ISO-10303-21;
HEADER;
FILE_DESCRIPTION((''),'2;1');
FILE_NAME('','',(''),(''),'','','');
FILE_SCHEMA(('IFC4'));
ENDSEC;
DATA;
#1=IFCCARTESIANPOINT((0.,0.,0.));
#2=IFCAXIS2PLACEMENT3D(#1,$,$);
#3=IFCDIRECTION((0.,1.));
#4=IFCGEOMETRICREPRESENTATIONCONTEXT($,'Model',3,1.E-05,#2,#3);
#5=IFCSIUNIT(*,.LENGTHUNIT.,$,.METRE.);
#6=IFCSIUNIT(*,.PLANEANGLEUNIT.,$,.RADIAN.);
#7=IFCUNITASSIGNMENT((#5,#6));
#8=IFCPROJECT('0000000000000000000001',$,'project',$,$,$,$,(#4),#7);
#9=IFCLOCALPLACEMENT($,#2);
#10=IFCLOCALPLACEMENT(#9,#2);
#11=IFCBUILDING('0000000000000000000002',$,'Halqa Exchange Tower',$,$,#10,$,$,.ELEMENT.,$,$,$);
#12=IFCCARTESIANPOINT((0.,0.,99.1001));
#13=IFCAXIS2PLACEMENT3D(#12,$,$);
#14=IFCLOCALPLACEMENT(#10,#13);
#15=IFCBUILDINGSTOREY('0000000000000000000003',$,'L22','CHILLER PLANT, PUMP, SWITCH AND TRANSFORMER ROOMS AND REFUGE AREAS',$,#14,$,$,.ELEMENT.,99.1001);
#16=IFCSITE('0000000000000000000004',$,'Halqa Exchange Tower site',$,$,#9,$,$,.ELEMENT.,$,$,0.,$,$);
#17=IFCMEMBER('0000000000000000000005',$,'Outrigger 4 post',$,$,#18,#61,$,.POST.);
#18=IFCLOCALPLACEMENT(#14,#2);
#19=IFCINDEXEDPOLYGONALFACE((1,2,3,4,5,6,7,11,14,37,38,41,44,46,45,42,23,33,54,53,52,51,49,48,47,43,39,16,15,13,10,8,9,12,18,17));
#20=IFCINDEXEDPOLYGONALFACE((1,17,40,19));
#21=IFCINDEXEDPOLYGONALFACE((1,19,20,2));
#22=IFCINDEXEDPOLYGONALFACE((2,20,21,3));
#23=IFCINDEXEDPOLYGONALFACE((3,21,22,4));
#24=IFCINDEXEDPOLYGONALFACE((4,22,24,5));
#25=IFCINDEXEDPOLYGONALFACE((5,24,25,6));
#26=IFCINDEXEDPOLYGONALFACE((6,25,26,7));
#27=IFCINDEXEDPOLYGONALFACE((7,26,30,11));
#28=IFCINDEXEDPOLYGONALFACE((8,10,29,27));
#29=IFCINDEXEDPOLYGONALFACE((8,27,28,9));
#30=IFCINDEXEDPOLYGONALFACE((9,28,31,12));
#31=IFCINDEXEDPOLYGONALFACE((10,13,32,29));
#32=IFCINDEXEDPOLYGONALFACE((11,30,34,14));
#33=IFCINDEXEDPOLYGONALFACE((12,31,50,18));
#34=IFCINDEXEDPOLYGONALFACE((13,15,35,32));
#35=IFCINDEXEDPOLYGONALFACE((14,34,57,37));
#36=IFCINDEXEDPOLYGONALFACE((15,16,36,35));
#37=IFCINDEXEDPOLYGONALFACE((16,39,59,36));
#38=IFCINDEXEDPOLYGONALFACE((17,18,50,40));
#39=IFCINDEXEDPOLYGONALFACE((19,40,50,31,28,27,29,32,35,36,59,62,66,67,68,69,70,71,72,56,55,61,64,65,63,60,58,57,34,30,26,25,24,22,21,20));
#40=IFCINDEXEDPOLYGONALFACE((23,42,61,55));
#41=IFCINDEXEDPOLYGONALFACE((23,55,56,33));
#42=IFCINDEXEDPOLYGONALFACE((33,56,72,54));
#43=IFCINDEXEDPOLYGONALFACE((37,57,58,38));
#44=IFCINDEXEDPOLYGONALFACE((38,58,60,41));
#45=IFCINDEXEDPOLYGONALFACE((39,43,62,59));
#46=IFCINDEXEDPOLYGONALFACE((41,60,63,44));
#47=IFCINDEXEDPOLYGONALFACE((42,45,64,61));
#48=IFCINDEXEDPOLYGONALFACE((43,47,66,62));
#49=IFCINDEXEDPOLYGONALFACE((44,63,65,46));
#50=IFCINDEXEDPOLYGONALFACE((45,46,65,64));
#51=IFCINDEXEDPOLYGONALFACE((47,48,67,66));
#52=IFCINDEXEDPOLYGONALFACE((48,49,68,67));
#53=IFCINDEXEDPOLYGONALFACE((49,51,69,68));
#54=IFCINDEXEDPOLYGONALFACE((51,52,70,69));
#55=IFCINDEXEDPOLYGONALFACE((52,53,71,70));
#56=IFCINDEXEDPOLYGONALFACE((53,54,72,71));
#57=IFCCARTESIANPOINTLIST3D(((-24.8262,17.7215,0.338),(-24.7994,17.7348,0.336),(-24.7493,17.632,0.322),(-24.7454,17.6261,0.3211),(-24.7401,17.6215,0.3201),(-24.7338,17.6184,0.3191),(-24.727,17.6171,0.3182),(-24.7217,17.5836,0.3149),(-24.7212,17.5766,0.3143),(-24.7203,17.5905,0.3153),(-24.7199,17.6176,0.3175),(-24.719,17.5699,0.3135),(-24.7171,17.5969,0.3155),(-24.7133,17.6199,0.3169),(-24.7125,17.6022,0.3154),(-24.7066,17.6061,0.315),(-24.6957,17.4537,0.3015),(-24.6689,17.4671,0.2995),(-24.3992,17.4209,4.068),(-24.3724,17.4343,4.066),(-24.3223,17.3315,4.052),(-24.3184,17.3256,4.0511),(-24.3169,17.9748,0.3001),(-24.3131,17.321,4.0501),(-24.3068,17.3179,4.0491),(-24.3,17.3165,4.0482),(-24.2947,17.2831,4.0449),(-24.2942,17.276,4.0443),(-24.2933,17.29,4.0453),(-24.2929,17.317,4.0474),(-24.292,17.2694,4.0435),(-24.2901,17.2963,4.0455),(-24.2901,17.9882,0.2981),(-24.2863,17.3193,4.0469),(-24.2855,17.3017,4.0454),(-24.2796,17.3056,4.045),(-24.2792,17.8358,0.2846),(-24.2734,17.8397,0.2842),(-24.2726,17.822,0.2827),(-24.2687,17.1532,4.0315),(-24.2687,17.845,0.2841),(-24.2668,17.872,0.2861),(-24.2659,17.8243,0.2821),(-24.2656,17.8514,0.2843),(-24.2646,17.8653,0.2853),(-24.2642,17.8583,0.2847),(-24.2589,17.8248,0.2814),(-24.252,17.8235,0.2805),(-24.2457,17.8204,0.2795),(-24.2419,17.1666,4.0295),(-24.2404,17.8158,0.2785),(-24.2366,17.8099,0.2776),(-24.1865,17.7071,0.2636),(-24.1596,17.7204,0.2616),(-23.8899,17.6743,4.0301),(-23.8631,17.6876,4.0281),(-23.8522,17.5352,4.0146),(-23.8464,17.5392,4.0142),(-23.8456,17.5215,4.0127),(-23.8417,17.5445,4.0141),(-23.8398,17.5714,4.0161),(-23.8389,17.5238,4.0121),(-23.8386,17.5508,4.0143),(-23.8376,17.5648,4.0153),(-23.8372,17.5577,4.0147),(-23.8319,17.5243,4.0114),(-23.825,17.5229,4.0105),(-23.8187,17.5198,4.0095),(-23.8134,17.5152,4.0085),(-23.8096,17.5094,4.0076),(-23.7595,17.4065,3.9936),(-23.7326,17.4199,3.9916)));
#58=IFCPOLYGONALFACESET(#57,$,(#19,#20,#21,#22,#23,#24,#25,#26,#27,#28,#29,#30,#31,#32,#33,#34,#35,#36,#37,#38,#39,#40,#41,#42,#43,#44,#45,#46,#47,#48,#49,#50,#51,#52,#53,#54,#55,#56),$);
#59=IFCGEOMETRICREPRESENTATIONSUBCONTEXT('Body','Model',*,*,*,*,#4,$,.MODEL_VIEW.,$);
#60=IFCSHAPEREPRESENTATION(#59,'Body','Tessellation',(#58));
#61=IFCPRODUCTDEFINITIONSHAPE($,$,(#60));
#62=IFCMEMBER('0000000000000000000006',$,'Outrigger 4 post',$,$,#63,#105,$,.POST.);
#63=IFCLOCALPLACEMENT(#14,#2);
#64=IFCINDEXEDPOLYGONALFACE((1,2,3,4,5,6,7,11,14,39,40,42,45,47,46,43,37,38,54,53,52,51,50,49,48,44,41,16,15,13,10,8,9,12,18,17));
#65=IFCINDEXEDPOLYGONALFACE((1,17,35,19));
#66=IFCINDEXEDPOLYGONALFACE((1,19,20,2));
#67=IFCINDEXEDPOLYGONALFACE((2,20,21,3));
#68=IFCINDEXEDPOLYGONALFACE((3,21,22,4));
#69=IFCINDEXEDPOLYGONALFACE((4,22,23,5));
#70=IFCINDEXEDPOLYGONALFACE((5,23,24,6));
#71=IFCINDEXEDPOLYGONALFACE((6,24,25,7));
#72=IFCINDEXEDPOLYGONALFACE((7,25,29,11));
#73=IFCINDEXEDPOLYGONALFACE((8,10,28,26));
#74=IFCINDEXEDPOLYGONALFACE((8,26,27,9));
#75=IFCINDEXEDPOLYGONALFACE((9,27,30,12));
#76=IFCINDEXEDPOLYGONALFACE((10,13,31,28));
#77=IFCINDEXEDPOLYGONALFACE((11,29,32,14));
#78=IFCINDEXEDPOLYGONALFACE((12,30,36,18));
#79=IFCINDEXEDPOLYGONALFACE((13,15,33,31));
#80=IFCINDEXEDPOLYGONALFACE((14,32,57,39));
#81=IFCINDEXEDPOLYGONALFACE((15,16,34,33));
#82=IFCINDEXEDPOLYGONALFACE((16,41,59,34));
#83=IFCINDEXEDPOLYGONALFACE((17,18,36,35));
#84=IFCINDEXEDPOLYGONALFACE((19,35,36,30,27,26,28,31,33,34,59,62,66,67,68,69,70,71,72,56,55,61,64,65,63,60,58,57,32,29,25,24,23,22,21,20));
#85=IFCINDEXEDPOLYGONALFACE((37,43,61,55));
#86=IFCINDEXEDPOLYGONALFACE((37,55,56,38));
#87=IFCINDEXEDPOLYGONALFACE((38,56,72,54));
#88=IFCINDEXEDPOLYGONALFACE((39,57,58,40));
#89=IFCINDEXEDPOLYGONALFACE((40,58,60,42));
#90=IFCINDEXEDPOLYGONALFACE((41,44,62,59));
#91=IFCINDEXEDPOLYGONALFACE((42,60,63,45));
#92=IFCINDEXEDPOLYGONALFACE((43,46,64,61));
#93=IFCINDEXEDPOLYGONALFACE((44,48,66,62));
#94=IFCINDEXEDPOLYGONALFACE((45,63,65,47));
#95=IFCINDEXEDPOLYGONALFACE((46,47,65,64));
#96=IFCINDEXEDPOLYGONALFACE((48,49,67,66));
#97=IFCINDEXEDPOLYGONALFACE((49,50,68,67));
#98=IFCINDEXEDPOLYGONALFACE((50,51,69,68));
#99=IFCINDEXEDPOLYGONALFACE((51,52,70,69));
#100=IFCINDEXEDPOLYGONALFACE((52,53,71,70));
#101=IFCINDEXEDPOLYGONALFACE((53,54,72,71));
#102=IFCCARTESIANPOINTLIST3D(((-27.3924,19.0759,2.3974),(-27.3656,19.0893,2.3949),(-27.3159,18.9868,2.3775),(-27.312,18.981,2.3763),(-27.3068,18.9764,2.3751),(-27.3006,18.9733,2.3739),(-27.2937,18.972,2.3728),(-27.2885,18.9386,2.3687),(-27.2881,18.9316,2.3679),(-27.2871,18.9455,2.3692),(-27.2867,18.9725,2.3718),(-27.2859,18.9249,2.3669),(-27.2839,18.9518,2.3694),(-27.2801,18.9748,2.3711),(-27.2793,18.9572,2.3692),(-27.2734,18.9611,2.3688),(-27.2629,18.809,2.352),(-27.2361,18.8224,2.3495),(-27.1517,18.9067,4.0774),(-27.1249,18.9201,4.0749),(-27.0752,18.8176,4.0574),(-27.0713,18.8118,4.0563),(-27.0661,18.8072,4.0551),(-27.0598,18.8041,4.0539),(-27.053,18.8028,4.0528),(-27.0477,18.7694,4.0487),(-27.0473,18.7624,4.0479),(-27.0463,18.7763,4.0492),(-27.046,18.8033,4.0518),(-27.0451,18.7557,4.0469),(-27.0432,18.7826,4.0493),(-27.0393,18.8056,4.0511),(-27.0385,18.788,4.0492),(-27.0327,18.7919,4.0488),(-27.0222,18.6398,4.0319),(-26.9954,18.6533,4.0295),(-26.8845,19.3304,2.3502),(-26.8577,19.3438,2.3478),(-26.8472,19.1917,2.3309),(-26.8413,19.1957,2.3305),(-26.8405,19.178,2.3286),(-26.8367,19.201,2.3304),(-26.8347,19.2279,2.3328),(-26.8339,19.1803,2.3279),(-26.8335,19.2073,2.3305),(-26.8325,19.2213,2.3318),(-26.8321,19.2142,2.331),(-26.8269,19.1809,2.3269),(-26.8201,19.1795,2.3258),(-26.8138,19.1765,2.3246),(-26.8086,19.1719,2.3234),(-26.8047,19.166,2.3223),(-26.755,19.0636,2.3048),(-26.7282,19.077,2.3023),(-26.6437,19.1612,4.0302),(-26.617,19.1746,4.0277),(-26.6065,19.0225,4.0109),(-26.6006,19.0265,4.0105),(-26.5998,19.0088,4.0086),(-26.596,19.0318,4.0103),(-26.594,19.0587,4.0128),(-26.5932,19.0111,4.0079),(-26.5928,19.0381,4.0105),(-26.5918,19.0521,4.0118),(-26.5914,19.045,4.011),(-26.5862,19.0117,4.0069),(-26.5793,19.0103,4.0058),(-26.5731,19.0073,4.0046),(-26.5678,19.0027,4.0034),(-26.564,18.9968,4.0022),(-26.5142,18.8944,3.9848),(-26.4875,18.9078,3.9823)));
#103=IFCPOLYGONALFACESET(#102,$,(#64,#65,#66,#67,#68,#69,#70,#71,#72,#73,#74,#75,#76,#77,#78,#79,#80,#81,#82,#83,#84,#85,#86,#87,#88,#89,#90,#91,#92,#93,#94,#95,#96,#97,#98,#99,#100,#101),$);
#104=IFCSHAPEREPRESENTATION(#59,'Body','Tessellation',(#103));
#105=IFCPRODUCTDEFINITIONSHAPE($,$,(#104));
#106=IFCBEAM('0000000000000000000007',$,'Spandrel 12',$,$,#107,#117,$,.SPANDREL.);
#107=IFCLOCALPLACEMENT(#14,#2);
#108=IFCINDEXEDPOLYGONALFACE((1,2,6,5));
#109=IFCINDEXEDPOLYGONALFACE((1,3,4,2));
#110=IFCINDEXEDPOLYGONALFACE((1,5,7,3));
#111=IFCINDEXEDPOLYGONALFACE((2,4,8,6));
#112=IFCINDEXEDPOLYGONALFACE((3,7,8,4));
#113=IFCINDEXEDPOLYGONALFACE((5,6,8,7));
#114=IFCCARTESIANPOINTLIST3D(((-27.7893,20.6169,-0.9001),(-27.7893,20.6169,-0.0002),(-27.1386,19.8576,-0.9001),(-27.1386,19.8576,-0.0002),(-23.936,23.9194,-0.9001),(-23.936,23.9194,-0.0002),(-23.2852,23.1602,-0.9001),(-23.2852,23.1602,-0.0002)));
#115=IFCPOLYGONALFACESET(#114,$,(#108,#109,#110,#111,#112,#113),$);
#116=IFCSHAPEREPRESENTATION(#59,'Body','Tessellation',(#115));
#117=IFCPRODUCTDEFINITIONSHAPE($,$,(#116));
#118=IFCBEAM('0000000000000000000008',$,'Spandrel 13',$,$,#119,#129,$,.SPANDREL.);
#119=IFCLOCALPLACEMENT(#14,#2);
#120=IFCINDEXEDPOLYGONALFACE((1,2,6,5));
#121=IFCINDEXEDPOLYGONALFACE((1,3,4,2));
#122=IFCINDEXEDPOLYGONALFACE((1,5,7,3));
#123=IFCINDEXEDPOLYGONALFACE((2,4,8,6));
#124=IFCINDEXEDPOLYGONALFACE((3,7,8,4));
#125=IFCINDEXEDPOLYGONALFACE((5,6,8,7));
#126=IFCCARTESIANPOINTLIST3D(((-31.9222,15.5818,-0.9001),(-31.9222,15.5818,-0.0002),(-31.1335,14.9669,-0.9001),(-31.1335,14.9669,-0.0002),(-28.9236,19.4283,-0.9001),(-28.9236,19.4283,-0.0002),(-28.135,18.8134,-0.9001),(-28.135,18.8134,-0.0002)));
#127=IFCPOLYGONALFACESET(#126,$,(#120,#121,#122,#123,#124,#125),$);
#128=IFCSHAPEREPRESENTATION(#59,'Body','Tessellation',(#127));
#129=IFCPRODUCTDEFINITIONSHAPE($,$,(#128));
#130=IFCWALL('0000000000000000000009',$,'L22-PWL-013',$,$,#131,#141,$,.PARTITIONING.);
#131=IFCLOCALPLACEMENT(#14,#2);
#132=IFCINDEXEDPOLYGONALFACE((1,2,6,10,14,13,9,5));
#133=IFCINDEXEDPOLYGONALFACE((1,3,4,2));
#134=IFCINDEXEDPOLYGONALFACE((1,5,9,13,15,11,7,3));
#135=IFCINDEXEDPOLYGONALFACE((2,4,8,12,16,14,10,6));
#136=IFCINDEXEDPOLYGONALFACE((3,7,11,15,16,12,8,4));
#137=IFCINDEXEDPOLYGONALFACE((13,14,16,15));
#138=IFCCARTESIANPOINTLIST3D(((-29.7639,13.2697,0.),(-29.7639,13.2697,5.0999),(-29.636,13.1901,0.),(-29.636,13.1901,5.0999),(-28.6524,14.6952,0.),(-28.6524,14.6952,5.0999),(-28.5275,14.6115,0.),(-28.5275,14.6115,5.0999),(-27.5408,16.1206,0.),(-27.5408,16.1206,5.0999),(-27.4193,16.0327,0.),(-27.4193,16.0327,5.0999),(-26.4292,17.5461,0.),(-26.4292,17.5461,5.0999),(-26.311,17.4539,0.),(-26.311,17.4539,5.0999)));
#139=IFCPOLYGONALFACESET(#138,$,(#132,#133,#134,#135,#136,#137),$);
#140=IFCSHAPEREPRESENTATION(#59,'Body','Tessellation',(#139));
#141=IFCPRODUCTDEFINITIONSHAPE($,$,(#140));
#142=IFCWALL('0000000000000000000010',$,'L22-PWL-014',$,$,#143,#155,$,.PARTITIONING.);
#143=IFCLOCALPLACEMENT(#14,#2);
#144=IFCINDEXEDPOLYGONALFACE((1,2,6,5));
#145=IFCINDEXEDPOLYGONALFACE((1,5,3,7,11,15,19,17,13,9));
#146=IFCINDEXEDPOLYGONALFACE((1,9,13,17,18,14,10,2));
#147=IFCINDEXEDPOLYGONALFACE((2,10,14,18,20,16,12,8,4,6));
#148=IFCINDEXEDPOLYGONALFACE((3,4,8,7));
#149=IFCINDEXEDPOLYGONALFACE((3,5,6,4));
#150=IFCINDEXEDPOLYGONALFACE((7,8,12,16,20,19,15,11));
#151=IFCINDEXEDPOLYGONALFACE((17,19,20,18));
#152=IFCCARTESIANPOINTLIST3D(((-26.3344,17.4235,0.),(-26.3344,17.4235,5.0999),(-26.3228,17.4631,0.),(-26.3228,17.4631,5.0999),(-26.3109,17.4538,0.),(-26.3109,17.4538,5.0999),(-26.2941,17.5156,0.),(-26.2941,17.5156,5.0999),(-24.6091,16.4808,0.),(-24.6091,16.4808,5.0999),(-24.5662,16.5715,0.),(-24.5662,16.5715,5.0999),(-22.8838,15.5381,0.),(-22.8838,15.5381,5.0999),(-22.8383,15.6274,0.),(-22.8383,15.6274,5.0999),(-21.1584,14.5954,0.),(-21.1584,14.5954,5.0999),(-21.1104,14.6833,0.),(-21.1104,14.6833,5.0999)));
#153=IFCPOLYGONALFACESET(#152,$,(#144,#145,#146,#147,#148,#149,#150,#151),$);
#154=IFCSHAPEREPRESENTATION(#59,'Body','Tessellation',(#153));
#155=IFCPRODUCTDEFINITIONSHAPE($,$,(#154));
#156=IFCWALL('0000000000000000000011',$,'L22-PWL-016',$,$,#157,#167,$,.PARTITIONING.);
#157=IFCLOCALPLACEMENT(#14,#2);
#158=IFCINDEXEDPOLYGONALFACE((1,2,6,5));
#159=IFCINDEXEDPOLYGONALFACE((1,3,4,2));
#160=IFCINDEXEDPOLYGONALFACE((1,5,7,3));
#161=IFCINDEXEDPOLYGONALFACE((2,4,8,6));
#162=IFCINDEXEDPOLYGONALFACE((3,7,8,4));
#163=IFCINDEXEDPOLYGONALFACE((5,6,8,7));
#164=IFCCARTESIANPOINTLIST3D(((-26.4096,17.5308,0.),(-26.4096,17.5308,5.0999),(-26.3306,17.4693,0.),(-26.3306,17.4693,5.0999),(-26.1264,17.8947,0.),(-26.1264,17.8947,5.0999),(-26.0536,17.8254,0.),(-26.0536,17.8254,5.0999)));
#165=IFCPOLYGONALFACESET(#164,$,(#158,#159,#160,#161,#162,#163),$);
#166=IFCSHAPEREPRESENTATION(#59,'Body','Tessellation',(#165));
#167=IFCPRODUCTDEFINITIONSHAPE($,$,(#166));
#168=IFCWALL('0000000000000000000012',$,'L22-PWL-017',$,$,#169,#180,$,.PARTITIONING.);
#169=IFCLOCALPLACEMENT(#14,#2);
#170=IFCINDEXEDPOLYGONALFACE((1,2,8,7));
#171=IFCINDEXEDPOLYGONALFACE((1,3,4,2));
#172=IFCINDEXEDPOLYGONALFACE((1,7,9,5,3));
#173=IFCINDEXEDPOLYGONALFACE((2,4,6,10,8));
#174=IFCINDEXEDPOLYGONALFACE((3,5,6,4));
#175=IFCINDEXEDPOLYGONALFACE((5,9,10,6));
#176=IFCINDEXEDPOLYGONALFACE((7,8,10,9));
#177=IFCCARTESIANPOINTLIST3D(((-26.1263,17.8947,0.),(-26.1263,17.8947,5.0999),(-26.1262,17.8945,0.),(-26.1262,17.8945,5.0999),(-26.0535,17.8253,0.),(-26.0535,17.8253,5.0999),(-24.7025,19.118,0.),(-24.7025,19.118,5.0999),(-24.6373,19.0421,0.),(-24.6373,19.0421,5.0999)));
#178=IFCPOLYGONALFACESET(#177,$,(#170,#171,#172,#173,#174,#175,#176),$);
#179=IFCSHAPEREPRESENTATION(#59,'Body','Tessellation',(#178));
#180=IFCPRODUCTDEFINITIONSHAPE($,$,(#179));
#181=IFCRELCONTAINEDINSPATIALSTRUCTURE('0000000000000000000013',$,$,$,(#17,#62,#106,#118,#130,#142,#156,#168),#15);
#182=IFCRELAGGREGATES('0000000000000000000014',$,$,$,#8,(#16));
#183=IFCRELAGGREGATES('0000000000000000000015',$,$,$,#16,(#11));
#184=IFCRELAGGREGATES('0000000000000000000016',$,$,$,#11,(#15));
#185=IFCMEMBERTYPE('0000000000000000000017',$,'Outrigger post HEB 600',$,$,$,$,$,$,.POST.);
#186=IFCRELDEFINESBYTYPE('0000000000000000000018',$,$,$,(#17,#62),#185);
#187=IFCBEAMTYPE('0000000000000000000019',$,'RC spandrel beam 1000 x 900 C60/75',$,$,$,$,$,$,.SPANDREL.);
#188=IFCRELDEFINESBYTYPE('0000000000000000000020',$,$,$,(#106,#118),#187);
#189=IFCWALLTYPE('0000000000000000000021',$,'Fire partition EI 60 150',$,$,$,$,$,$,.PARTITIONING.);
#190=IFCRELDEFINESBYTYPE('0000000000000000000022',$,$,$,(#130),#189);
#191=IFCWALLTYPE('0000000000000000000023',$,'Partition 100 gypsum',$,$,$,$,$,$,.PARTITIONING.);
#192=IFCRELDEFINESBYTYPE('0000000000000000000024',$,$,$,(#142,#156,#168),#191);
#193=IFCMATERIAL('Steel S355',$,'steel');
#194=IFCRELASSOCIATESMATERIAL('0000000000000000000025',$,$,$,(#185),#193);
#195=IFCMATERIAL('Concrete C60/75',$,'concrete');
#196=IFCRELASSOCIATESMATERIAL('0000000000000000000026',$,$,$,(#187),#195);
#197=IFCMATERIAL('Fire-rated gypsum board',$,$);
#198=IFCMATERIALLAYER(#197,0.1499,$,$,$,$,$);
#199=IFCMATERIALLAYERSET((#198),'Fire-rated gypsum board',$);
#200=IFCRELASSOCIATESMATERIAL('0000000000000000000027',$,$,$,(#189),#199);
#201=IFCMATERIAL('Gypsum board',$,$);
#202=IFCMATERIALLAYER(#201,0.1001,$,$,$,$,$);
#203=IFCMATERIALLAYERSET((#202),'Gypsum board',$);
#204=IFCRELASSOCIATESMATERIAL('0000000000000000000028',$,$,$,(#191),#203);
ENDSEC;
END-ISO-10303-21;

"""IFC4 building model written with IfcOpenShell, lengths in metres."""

from ifc_helpers import new_model, si_unit, direction, frame, origin, origin_2d, place, context, subcontext, project, spatial, polyline, rectangle, i_section, outline, extrude, material, layer, layer_set, material_profile, profile_set, type_object, element, save


model = new_model("IFC4")

# Units and contexts
model_context = context("Model", 3, precision=1e-05, world=origin(), true_north=direction((0.0, 1.0)))
body_context = subcontext(model_context, "Body", "Model", "MODEL_VIEW")
ifc_project = project(units=[si_unit("LENGTHUNIT", "METRE"), si_unit("PLANEANGLEUNIT", "RADIAN")], contexts=[model_context])

# Site, building, storey
site_placement = place(None, origin())
site = spatial("IfcSite", under=ifc_project, at=site_placement, Name="Halqa Exchange Tower site", CompositionType="ELEMENT", RefElevation=0.0)
building_placement = place(site_placement, origin())
building = spatial("IfcBuilding", under=site, at=building_placement, Name="Halqa Exchange Tower", CompositionType="ELEMENT")
storey_placement = place(building_placement, frame((0.0, 0.0, 99.1001)))
storey = spatial("IfcBuildingStorey", under=building, at=storey_placement, Name="L22", Description="CHILLER PLANT, PUMP, SWITCH AND TRANSFORMER ROOMS AND REFUGE AREAS", CompositionType="ELEMENT", Elevation=99.1001)

# Members
ifc_material_1 = material(Name="Steel S355", Category="steel")
ifc_material_profile_1 = material_profile(ifc_material_1, i_section(OverallWidth=0.3, OverallDepth=0.6001, WebThickness=0.0154, FlangeThickness=0.03, FilletRadius=0.0271, at=origin_2d()), Name="HEB 600")
ifc_profile_set_1 = profile_set([ifc_material_profile_1], Name="Steel S355")
member_type_1 = type_object("IfcMemberType", Name="Outrigger post HEB 600", PredefinedType="POST", material=ifc_profile_set_1)
member_1_placement = place(storey_placement, frame((-24.4929, 17.7209, 0.2998), z_axis=(0.113373, -0.079795, 0.990343), x_axis=(0.434809, -0.892265, -0.121669)))
element("IfcMember", 1, at=member_1_placement, inside=storey, type_object=member_type_1, Name="Outrigger 4 post", PredefinedType="POST", context=body_context, shape_type="SweptSolid", body=[
    extrude(i_section(OverallWidth=0.3, OverallDepth=0.6001, WebThickness=0.0154, FlangeThickness=0.03, FilletRadius=0.0271, at=origin_2d()), origin(), (0.0, 0.0, 1.0), 3.7664),
])
member_2_placement = place(storey_placement, frame((-27.0603, 19.0764, 2.3499), z_axis=(0.141145, -0.099202, 0.985006), x_axis=(0.431569, -0.889284, -0.151403)))
element("IfcMember", 2, at=member_2_placement, inside=storey, type_object=member_type_1, Name="Outrigger 4 post", PredefinedType="POST", context=body_context, shape_type="SweptSolid", body=[
    extrude(i_section(OverallWidth=0.3, OverallDepth=0.6001, WebThickness=0.0154, FlangeThickness=0.03, FilletRadius=0.0271, at=origin_2d()), origin(), (0.0, 0.0, 1.0), 1.7056),
])

# Beams
ifc_material_2 = material(Name="Concrete C60/75", Category="concrete")
ifc_material_profile_2 = material_profile(ifc_material_2, rectangle(XDim=1.0, YDim=0.8999, at=origin_2d()), Name="1000 x 900")
ifc_profile_set_2 = profile_set([ifc_material_profile_2], Name="Concrete C60/75")
beam_type = type_object("IfcBeamType", Name="RC spandrel beam 1000 x 900 C60/75", PredefinedType="SPANDREL", material=ifc_profile_set_2)
beam_1_placement = place(storey_placement, frame((-23.6106, 23.5398, -0.4502), z_axis=(-0.759287, -0.650756, 0.0), x_axis=(0.650756, -0.759287, 0.0)))
element("IfcBeam", 3, at=beam_1_placement, inside=storey, type_object=beam_type, Name="Spandrel 12", PredefinedType="SPANDREL", context=body_context, shape_type="SweptSolid", body=[
    extrude(rectangle(XDim=1.0, YDim=0.8999, at=origin_2d()), origin(), (0.0, 0.0, 1.0), 5.075),
])
beam_2_placement = place(storey_placement, frame((-28.5293, 19.1208, -0.4502), z_axis=(-0.614817, -0.78867, 0.0), x_axis=(0.78867, -0.614817, 0.0)))
element("IfcBeam", 4, at=beam_2_placement, inside=storey, type_object=beam_type, Name="Spandrel 13", PredefinedType="SPANDREL", context=body_context, shape_type="SweptSolid", body=[
    extrude(rectangle(XDim=1.0, YDim=0.8999, at=origin_2d()), origin(), (0.0, 0.0, 1.0), 4.8772),
])

# Walls
ifc_material_3 = material(Name="Fire-rated gypsum board")
ifc_layer_1 = layer(ifc_material_3, 0.1499)
ifc_layer_set_1 = layer_set([ifc_layer_1], Name="Fire-rated gypsum board")
wall_type_1 = type_object("IfcWallType", Name="Fire partition EI 60 150", PredefinedType="PARTITIONING", material=ifc_layer_set_1)
wall_1_placement = place(storey_placement, frame((-26.3701, 17.5, 0.0), z_axis=(0.0, 0.0, 1.0), x_axis=(-0.614934, -0.788578, 0.0)))
element("IfcWall", 5, at=wall_1_placement, inside=storey, type_object=wall_type_1, Name="L22-PWL-013", PredefinedType="PARTITIONING", context=body_context, shape_type="SweptSolid", body=[
    extrude(outline(polyline([(0.0, -0.075), (1.8076, -0.075), (3.6152, -0.075), (5.4229, -0.075), (5.407, 0.075), (3.6045, 0.075), (1.8022, 0.075), (0.0, 0.075), (0.0, -0.075)])), origin(), (0.0, 0.0, 1.0), 5.0999),
])
ifc_material_4 = material(Name="Gypsum board")
ifc_layer_2 = layer(ifc_material_4, 0.1001)
ifc_layer_set_2 = layer_set([ifc_layer_2], Name="Gypsum board")
wall_type_2 = type_object("IfcWallType", Name="Partition 100 gypsum", PredefinedType="PARTITIONING", material=ifc_layer_set_2)
wall_2_placement = place(storey_placement, frame((-26.3181, 17.4717, 0.0), z_axis=(0.0, 0.0, 1.0), x_axis=(0.877549, -0.479486, 0.0)))
element("IfcWall", 6, at=wall_2_placement, inside=storey, type_object=wall_type_2, Name="L22-PWL-014", PredefinedType="PARTITIONING", context=body_context, shape_type="SweptSolid", body=[
    extrude(outline(polyline([(0.0, 0.05), (0.0, -0.0098), (0.0149, -0.0122), (0.0088, -0.05), (1.9749, -0.05), (3.9409, -0.05), (5.907, -0.05), (5.907, 0.05), (3.938, 0.05), (1.969, 0.05), (0.0, 0.05)])), origin(), (0.0, 0.0, 1.0), 5.0999),
])
wall_3_placement = place(storey_placement, frame((-26.0869, 17.864, 0.0), z_axis=(0.0, 0.0, 1.0), x_axis=(-0.614051, -0.789267, 0.0)))
element("IfcWall", 7, at=wall_3_placement, inside=storey, type_object=wall_type_2, Name="L22-PWL-016", PredefinedType="PARTITIONING", context=body_context, shape_type="SweptSolid", body=[
    extrude(outline(polyline([(0.4612, 0.05), (0.01, 0.05), (0.0, -0.05), (0.4612, -0.05), (0.4612, 0.05)])), origin(), (0.0, 0.0, 1.0), 5.0999),
])
wall_4_placement = place(storey_placement, frame((-24.6699, 19.0801, 0.0), z_axis=(0.0, 0.0, 1.0), x_axis=(-0.758476, -0.651701, 0.0)))
element("IfcWall", 8, at=wall_4_placement, inside=storey, type_object=wall_type_2, Name="L22-PWL-017", PredefinedType="PARTITIONING", context=body_context, shape_type="SweptSolid", body=[
    extrude(outline(polyline([(1.8772, -0.05), (1.8772, -0.0498), (1.8672, 0.05), (0.0, 0.05), (0.0, -0.05), (1.8772, -0.05)])), origin(), (0.0, 0.0, 1.0), 5.0999),
])

save(model, "model.ifc")
